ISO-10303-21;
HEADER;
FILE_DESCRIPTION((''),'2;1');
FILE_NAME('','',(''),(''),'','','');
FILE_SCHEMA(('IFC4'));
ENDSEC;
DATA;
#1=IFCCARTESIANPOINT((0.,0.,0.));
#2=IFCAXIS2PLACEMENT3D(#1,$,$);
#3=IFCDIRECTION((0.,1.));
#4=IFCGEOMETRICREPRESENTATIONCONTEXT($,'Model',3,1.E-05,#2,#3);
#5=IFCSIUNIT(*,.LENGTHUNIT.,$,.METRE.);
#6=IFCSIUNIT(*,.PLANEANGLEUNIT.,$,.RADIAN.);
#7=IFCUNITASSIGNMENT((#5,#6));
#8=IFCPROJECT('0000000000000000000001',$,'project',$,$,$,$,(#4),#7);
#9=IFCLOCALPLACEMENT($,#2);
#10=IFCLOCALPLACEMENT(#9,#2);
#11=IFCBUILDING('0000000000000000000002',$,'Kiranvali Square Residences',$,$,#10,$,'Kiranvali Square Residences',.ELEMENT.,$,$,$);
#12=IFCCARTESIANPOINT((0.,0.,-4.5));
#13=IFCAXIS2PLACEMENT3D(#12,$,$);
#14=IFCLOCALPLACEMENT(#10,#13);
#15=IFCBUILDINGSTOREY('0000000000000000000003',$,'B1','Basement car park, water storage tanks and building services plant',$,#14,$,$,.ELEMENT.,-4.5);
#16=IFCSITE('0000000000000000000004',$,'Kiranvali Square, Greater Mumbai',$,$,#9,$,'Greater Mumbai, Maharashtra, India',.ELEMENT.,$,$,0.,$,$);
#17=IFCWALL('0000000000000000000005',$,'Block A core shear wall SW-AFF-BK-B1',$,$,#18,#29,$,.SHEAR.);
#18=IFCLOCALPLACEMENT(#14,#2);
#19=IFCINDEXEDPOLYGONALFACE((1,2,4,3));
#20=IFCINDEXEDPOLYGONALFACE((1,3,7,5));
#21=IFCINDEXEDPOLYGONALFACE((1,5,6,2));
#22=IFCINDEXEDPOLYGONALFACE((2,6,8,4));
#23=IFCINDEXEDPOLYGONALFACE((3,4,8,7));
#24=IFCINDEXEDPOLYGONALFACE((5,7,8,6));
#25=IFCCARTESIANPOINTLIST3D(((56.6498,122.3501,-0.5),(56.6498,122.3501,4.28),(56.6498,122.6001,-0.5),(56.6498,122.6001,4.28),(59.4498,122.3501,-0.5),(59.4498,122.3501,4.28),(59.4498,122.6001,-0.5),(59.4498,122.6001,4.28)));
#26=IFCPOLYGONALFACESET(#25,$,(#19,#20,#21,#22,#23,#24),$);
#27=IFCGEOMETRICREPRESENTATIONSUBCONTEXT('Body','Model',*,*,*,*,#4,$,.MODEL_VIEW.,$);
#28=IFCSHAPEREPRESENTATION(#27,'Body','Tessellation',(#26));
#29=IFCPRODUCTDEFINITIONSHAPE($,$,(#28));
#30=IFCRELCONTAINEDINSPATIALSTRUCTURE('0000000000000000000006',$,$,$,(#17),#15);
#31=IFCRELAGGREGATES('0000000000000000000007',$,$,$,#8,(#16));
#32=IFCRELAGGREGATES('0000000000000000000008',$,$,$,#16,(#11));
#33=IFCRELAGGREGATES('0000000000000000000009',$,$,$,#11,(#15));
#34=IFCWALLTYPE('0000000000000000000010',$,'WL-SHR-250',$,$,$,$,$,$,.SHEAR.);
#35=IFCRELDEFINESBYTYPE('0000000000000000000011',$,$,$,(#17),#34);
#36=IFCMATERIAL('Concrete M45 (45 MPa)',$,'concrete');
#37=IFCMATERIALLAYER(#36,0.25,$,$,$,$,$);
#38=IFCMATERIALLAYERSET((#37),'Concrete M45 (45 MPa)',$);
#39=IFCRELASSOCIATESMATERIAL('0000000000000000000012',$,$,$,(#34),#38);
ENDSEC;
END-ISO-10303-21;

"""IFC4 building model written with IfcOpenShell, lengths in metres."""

from ifc_helpers import new_model, si_unit, direction, frame, frame_2d, origin, place, context, subcontext, project, spatial, rectangle, extrude, material, layer, layer_set, type_object, element, save


model = new_model("IFC4")

# Units and contexts
model_context = context("Model", 3, precision=1e-05, world=origin(), true_north=direction((0.0, 1.0)))
body_context = subcontext(model_context, "Body", "Model", "MODEL_VIEW")
ifc_project = project(units=[si_unit("LENGTHUNIT", "METRE"), si_unit("PLANEANGLEUNIT", "RADIAN")], contexts=[model_context])

# Site, building, storey
site_placement = place(None, origin())
site = spatial("IfcSite", under=ifc_project, at=site_placement, Name="Kiranvali Square, Greater Mumbai", LongName="Greater Mumbai, Maharashtra, India", CompositionType="ELEMENT", RefElevation=0.0)
building_placement = place(site_placement, origin())
building = spatial("IfcBuilding", under=site, at=building_placement, Name="Kiranvali Square Residences", LongName="Kiranvali Square Residences", CompositionType="ELEMENT")
storey_placement = place(building_placement, frame((0.0, 0.0, -4.5)))
storey = spatial("IfcBuildingStorey", under=building, at=storey_placement, Name="B1", Description="Basement car park, water storage tanks and building services plant", CompositionType="ELEMENT", Elevation=-4.5)

# Shared definitions
ifc_material_1 = material(Name="Concrete M45 (45 MPa)", Category="concrete")

# Wall
ifc_layer = layer(ifc_material_1, 0.25)
ifc_layer_set = layer_set([ifc_layer], Name="Concrete M45 (45 MPa)")
wall_type = type_object("IfcWallType", Name="WL-SHR-250", PredefinedType="SHEAR", material=ifc_layer_set)
wall_placement = place(storey_placement, frame((56.6499, 122.4751, -0.5), z_axis=(0.0, 0.0, 1.0), x_axis=(1.0, 0.0, 0.0)))
element("IfcWall", 1, at=wall_placement, inside=storey, type_object=wall_type, Name="Block A core shear wall SW-AFF-BK-B1", PredefinedType="SHEAR", context=body_context, shape_type="SweptSolid", body=[
    extrude(rectangle(XDim=2.8, YDim=0.25, at=frame_2d((1.3999, 0.0))), origin(), (0.0, 0.0, 1.0), 4.78),
])

save(model, "model.ifc")
